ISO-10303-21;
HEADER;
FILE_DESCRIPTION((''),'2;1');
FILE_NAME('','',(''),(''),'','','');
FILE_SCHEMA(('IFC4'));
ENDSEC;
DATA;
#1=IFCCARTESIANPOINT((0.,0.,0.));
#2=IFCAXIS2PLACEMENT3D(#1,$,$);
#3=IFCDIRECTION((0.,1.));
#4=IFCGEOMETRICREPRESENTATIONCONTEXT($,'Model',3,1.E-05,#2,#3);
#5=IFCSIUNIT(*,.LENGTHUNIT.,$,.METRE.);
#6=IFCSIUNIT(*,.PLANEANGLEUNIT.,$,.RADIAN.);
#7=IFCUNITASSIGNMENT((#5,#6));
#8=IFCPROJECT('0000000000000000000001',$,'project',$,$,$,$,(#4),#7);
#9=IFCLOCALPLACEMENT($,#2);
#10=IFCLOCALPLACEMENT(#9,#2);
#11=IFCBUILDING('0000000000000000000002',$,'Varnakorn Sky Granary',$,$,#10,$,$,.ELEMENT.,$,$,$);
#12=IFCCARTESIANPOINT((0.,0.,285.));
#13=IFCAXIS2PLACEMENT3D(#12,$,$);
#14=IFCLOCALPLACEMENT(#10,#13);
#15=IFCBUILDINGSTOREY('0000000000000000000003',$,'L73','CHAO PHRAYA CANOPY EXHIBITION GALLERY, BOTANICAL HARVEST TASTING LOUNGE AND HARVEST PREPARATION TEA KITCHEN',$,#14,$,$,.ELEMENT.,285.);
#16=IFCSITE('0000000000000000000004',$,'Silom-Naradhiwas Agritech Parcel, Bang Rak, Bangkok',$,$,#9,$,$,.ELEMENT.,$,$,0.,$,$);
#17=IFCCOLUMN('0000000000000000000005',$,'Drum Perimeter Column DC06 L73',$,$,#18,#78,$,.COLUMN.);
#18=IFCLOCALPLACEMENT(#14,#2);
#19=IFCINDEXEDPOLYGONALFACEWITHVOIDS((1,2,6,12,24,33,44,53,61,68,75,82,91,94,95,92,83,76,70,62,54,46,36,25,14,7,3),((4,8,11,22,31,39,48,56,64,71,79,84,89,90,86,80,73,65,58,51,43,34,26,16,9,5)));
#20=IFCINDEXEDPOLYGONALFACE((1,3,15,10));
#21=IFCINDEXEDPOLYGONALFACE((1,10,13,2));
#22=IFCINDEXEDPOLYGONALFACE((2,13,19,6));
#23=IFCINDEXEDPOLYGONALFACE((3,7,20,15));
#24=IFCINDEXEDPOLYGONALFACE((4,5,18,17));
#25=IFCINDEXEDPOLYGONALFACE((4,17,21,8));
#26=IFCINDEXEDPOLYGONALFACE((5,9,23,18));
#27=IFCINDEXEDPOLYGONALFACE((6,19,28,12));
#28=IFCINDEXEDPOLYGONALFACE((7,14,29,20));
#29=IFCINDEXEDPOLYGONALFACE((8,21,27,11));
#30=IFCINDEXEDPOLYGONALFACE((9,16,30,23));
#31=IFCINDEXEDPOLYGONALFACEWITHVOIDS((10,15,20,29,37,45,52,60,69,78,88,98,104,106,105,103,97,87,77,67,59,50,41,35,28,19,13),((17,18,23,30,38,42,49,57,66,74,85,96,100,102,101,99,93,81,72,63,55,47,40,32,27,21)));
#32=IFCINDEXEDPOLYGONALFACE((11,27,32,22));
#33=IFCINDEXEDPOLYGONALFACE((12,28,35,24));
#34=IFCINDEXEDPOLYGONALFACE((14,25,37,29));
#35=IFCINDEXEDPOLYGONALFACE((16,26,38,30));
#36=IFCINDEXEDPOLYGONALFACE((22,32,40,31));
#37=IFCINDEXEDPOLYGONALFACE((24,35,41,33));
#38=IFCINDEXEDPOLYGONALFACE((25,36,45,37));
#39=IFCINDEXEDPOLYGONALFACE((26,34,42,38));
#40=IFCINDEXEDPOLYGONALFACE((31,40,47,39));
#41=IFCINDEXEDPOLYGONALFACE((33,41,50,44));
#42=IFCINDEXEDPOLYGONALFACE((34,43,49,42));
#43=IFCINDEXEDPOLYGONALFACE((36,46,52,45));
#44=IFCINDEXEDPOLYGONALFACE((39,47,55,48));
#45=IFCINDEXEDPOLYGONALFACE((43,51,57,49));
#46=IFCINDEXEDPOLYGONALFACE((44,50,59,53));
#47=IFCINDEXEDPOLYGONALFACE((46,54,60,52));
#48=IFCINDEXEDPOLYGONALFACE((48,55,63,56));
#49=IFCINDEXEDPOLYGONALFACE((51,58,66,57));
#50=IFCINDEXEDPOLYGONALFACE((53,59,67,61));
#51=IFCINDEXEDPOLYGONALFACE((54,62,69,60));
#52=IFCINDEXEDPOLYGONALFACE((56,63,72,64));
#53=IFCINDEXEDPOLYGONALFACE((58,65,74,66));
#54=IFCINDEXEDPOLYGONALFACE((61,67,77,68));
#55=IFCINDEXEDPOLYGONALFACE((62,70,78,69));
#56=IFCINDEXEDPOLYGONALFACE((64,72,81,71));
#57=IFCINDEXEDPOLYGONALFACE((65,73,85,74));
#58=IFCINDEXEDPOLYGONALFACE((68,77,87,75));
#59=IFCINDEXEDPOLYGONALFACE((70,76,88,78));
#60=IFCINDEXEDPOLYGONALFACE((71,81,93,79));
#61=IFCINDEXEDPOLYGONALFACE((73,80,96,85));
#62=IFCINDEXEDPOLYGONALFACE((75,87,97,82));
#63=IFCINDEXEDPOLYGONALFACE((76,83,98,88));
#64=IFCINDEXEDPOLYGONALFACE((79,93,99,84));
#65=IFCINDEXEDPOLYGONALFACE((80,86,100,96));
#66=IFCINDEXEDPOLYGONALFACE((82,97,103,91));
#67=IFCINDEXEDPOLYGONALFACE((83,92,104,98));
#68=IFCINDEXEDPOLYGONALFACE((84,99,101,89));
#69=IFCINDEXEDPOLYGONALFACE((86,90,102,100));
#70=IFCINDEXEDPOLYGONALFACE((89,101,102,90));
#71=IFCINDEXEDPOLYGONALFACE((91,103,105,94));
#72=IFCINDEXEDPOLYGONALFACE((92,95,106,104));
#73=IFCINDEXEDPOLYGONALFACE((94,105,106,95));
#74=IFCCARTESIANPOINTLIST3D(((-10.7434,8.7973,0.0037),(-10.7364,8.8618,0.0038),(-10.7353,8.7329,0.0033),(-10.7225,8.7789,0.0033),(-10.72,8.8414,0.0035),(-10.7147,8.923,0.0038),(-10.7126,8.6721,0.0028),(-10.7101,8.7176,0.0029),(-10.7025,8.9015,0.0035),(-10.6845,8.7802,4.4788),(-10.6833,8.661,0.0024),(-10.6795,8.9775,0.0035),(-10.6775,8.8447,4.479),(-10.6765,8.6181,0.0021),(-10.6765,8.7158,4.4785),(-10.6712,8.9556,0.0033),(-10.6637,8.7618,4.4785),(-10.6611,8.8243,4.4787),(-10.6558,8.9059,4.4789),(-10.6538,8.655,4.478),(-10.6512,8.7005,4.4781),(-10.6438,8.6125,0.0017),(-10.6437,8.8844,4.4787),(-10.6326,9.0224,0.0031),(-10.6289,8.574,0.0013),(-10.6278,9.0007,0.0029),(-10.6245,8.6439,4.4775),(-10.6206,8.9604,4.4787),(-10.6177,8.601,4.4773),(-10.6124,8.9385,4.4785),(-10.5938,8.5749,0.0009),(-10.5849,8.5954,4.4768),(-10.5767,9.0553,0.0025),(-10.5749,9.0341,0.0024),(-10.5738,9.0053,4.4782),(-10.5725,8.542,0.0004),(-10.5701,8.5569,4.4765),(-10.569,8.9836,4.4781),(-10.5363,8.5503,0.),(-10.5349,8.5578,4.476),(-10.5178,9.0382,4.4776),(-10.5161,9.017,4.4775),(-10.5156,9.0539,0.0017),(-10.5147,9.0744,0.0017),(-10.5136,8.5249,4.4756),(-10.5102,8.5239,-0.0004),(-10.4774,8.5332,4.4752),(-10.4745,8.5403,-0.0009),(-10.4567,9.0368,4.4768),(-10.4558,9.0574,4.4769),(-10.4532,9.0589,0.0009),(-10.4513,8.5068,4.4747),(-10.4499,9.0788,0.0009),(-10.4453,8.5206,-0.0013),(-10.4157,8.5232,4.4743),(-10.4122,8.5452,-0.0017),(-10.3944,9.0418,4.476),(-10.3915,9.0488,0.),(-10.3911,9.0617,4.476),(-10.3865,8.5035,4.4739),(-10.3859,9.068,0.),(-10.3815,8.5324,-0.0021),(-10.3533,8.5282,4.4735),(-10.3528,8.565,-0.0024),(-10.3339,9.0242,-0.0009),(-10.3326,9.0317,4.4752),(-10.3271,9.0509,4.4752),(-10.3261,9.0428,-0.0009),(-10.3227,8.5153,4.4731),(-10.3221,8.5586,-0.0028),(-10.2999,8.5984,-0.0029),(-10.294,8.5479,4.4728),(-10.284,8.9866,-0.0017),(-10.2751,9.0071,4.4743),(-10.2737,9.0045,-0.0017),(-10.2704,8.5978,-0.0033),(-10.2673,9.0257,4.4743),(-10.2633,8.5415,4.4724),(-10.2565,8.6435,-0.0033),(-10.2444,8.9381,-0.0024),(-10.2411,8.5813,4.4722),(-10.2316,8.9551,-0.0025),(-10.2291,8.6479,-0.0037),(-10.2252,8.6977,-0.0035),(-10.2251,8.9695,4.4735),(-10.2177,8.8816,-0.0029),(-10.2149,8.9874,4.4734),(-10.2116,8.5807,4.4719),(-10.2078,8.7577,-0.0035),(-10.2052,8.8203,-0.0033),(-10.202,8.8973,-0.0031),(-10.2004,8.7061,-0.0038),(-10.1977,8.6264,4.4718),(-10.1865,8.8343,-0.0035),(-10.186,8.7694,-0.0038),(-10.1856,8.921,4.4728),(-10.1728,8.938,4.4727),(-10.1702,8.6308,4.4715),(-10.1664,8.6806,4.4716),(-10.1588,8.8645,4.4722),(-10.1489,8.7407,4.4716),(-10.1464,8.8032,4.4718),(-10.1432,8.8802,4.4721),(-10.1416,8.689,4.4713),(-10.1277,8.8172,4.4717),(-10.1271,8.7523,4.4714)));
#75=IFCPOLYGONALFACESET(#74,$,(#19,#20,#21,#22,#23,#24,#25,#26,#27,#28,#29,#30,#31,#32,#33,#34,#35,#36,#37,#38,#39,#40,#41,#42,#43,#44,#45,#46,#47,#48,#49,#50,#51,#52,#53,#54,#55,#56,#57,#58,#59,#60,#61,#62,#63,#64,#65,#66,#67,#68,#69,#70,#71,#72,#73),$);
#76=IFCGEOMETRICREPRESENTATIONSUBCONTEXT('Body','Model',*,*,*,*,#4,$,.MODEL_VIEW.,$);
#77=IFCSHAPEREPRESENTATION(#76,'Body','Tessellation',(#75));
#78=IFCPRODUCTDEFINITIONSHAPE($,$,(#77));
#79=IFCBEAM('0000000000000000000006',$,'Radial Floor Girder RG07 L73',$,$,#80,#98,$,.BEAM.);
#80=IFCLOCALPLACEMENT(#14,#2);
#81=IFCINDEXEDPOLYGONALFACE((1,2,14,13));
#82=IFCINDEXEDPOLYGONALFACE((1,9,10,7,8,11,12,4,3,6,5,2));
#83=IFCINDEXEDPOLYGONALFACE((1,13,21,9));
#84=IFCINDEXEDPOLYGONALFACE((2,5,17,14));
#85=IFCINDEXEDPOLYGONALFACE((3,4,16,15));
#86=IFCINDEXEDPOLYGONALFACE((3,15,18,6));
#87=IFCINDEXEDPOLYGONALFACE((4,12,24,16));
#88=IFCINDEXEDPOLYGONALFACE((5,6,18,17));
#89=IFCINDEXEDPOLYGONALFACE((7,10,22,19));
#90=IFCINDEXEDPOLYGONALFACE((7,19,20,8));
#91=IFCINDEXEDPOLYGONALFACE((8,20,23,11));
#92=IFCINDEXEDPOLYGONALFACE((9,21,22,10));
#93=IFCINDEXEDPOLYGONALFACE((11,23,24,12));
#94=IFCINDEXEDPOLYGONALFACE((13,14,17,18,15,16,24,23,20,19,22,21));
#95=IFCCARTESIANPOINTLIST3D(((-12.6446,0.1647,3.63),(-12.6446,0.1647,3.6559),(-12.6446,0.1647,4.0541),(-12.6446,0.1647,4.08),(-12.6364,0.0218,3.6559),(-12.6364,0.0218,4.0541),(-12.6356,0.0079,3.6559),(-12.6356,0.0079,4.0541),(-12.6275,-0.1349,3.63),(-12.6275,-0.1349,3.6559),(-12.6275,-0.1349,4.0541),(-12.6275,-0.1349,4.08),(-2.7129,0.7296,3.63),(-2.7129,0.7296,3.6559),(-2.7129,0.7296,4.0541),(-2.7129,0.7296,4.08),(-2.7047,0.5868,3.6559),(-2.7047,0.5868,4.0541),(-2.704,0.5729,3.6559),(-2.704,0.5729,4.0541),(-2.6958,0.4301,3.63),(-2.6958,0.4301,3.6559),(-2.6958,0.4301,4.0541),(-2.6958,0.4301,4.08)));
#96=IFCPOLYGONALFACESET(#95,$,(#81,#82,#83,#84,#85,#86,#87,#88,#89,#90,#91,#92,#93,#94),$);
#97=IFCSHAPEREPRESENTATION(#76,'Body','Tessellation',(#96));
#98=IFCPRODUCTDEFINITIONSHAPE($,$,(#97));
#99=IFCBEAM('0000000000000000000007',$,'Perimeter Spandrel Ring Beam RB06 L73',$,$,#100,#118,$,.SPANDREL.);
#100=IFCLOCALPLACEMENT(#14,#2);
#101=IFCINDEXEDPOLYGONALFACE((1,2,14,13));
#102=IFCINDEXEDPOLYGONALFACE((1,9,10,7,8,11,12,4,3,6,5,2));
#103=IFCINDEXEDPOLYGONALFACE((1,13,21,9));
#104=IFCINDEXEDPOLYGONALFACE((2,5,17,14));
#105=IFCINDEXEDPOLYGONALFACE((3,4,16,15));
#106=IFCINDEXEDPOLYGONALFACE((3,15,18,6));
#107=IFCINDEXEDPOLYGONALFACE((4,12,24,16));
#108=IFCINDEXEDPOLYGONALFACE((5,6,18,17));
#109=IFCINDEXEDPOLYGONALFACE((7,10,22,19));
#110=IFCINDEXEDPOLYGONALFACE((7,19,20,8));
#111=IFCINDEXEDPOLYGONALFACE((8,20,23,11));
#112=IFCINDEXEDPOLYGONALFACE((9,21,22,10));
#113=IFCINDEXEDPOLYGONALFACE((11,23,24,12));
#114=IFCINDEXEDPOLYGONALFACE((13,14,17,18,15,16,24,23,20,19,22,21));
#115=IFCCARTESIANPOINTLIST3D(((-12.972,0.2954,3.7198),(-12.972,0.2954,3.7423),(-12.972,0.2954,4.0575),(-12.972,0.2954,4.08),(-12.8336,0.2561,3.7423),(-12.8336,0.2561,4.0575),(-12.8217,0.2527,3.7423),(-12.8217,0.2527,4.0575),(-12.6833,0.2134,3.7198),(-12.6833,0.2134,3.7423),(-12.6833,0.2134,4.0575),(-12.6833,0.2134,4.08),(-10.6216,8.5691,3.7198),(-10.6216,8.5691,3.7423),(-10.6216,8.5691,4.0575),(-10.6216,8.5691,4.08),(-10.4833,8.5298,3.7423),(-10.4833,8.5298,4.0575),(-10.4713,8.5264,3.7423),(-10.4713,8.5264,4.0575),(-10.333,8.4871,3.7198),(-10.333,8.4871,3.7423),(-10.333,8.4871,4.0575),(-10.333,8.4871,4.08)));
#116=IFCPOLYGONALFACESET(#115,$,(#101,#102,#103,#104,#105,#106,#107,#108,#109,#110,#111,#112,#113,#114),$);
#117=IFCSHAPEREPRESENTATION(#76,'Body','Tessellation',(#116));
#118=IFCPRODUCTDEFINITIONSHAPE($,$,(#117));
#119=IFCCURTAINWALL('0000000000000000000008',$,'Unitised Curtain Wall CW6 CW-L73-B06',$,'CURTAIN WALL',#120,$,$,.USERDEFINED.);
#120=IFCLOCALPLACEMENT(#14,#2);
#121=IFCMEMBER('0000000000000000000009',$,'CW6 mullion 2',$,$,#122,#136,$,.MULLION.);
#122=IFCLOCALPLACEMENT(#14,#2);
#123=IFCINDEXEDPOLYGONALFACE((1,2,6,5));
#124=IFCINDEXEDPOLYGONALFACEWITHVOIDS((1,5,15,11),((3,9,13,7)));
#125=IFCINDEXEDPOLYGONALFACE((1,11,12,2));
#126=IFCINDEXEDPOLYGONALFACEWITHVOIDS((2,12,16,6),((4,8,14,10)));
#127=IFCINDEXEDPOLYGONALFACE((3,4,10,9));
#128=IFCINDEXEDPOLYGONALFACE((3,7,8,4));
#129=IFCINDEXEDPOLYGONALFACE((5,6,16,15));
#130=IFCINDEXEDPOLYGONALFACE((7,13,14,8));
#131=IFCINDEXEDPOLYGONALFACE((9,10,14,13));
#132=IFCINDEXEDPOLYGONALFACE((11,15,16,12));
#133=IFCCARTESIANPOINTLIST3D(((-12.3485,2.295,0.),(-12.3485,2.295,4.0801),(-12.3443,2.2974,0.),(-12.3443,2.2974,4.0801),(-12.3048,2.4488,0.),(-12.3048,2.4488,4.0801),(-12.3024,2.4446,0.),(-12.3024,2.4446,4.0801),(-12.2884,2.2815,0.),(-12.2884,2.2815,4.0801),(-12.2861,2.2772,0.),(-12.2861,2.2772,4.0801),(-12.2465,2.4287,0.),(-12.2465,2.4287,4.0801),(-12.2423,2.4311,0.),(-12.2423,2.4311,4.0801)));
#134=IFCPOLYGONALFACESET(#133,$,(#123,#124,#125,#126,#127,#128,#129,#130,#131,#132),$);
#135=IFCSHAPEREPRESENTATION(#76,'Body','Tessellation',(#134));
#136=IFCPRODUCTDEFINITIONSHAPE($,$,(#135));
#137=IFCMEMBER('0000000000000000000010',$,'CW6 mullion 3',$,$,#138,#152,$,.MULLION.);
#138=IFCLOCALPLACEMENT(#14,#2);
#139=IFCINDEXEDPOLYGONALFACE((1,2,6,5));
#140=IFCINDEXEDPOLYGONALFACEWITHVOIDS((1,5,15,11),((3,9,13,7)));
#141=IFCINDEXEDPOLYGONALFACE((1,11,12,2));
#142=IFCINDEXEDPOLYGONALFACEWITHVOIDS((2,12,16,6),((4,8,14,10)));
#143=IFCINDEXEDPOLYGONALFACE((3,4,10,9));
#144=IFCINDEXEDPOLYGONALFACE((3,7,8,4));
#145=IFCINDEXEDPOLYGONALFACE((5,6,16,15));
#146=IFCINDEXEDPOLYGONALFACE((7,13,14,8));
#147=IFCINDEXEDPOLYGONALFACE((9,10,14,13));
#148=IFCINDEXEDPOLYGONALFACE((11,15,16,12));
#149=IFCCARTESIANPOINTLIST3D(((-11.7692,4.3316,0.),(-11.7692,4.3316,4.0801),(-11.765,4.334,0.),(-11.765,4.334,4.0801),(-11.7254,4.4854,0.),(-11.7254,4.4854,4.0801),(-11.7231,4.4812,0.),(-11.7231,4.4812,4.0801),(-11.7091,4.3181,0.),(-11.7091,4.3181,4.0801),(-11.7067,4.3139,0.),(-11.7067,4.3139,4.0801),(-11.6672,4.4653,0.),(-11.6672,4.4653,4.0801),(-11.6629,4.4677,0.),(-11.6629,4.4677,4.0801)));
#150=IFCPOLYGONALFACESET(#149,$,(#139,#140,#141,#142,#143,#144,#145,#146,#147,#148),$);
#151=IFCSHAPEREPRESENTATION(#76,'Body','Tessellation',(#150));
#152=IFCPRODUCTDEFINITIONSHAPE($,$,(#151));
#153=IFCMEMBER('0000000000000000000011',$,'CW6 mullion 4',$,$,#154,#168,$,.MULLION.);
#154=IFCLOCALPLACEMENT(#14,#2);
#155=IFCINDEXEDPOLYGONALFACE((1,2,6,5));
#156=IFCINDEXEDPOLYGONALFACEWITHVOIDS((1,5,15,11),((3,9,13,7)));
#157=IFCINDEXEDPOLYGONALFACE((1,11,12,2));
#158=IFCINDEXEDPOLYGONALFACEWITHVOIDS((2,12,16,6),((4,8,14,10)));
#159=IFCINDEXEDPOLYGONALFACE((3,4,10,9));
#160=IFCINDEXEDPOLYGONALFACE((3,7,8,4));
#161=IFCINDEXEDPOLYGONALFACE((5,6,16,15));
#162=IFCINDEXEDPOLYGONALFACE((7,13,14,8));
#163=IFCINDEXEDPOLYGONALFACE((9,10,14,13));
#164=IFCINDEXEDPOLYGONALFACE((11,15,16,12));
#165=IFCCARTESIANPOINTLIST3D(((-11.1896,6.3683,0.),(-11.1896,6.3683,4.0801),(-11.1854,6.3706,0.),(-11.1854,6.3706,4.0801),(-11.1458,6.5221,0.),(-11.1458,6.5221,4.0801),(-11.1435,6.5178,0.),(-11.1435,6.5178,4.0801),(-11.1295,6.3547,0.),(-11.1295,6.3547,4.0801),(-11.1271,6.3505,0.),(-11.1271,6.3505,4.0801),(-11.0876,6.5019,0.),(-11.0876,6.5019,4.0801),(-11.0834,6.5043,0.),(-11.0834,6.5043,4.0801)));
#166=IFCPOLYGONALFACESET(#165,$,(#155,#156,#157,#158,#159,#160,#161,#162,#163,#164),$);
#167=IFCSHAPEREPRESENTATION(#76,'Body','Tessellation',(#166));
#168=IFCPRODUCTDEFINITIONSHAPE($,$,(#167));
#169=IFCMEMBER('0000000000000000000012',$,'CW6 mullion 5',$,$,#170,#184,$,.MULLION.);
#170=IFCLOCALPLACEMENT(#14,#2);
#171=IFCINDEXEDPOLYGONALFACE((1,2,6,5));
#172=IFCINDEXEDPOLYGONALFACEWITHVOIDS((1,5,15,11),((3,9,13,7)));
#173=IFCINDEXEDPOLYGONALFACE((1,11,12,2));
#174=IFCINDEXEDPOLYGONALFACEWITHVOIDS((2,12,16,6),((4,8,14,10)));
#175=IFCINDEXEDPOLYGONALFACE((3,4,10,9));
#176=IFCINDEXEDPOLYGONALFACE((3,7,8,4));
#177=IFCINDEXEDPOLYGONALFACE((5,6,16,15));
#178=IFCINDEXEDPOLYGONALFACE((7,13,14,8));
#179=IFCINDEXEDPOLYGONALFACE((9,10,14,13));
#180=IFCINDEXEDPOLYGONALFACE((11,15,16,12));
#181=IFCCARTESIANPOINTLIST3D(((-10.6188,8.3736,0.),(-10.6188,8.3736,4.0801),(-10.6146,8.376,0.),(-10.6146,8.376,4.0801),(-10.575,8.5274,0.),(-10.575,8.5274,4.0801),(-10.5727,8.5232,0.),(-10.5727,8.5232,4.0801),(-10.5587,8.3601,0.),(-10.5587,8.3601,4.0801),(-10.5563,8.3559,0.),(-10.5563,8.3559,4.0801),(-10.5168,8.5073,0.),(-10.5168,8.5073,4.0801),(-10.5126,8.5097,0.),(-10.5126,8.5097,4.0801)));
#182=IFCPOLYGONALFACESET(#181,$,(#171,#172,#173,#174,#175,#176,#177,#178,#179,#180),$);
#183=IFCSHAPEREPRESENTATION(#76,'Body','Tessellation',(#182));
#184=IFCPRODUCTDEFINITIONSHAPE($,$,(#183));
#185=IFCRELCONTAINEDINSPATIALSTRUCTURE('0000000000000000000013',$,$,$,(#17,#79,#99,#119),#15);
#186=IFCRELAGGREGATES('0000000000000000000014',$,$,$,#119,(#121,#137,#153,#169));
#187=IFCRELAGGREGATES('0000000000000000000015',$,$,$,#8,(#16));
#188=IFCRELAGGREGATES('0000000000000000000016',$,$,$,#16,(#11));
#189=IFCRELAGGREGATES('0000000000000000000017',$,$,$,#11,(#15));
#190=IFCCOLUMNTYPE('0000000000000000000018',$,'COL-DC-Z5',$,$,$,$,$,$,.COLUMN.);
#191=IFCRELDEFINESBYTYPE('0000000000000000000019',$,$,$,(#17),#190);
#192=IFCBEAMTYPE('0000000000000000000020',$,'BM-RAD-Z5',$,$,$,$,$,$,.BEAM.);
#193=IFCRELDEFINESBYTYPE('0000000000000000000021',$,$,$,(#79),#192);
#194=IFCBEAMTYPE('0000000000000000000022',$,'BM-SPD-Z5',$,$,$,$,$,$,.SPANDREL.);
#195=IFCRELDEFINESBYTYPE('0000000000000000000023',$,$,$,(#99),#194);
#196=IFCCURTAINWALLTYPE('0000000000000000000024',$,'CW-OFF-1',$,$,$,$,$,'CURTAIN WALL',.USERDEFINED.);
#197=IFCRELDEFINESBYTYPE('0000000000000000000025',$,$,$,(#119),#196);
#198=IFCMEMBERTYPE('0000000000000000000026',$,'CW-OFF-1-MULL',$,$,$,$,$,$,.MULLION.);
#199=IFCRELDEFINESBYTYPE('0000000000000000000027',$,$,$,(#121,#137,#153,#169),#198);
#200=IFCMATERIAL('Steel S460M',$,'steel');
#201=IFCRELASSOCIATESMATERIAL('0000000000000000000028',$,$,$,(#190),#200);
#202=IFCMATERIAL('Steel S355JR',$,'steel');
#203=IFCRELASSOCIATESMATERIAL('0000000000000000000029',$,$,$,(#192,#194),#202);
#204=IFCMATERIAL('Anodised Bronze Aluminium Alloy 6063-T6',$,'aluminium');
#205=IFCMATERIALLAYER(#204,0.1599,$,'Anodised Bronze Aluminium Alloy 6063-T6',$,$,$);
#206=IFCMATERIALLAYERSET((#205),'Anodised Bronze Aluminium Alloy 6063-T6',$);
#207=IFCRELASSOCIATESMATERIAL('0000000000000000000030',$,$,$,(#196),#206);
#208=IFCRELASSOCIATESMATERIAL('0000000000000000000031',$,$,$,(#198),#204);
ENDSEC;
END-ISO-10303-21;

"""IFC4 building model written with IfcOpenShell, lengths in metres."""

from ifc_helpers import new_model, si_unit, direction, frame, origin, origin_2d, place, context, subcontext, project, spatial, hollow_rectangle, hollow_circle, i_section, extrude, material, layer, layer_set, material_profile, profile_set, type_object, element, aggregate, save


model = new_model("IFC4")

# Units and contexts
model_context = context("Model", 3, precision=1e-05, world=origin(), true_north=direction((0.0, 1.0)))
body_context = subcontext(model_context, "Body", "Model", "MODEL_VIEW")
ifc_project = project(units=[si_unit("LENGTHUNIT", "METRE"), si_unit("PLANEANGLEUNIT", "RADIAN")], contexts=[model_context])

# Site, building, storey
site_placement = place(None, origin())
site = spatial("IfcSite", under=ifc_project, at=site_placement, Name="Silom-Naradhiwas Agritech Parcel, Bang Rak, Bangkok", CompositionType="ELEMENT", RefElevation=0.0)
building_placement = place(site_placement, origin())
building = spatial("IfcBuilding", under=site, at=building_placement, Name="Varnakorn Sky Granary", CompositionType="ELEMENT")
storey_placement = place(building_placement, frame((0.0, 0.0, 285.0)))
storey = spatial("IfcBuildingStorey", under=building, at=storey_placement, Name="L73", Description="CHAO PHRAYA CANOPY EXHIBITION GALLERY, BOTANICAL HARVEST TASTING LOUNGE AND HARVEST PREPARATION TEA KITCHEN", CompositionType="ELEMENT", Elevation=285.0)

# Column
ifc_material_1 = material(Name="Steel S460M", Category="steel")
ifc_material_profile_1 = material_profile(ifc_material_1, hollow_circle(Radius=0.2795, WallThickness=0.02, at=origin_2d()), Name="CHS 559x20")
ifc_profile_set_1 = profile_set([ifc_material_profile_1], Name="Steel S460M")
column_type = type_object("IfcColumnType", Name="COL-DC-Z5", PredefinedType="COLUMN", material=ifc_profile_set_1)
column_placement = place(storey_placement, frame((-10.4639, 8.7996, 0.0), z_axis=(0.013147, -0.003819, 0.999906), x_axis=(0.278929, 0.960312, 0.0)))
element("IfcColumn", 1, at=column_placement, inside=storey, type_object=column_type, Name="Drum Perimeter Column DC06 L73", PredefinedType="COLUMN", context=body_context, shape_type="SweptSolid", body=[
    extrude(hollow_circle(Radius=0.2795, WallThickness=0.02, at=origin_2d()), origin(), (0.0, 0.0, 1.0), 4.4756),
])

# Beams
ifc_material_2 = material(Name="Steel S355JR", Category="steel")
ifc_material_profile_2 = material_profile(ifc_material_2, i_section(OverallWidth=0.3, OverallDepth=0.45, WebThickness=0.0139, FlangeThickness=0.0259, at=origin_2d()), Name="HE 450 B")
ifc_profile_set_2 = profile_set([ifc_material_profile_2], Name="Steel S355JR")
beam_type_1 = type_object("IfcBeamType", Name="BM-RAD-Z5", PredefinedType="BEAM", material=ifc_profile_set_2)
beam_1_placement = place(storey_placement, frame((-2.7043, 0.5798, 3.855), z_axis=(-0.998386, -0.056791, 0.0), x_axis=(0.056791, -0.998386, 0.0)))
element("IfcBeam", 2, at=beam_1_placement, inside=storey, type_object=beam_type_1, Name="Radial Floor Girder RG07 L73", PredefinedType="BEAM", context=body_context, shape_type="SweptSolid", body=[
    extrude(i_section(OverallWidth=0.3, OverallDepth=0.45, WebThickness=0.0139, FlangeThickness=0.0259, at=origin_2d()), origin(), (0.0, 0.0, 1.0), 9.9478),
])
ifc_material_profile_3 = material_profile(ifc_material_2, i_section(OverallWidth=0.3, OverallDepth=0.3601, WebThickness=0.0125, FlangeThickness=0.0225, at=origin_2d()), Name="HE 360 B")
ifc_profile_set_3 = profile_set([ifc_material_profile_3], Name="Steel S355JR")
beam_type_2 = type_object("IfcBeamType", Name="BM-SPD-Z5", PredefinedType="SPANDREL", material=ifc_profile_set_3)
beam_2_placement = place(storey_placement, frame((-10.4773, 8.5281, 3.8999), z_axis=(-0.273262, -0.96194, 0.0), x_axis=(0.96194, -0.273262, 0.0)))
element("IfcBeam", 3, at=beam_2_placement, inside=storey, type_object=beam_type_2, Name="Perimeter Spandrel Ring Beam RB06 L73", PredefinedType="SPANDREL", context=body_context, shape_type="SweptSolid", body=[
    extrude(i_section(OverallWidth=0.3, OverallDepth=0.3601, WebThickness=0.0125, FlangeThickness=0.0225, at=origin_2d()), origin(), (0.0, 0.0, 1.0), 8.6011),
])

# Curtain wall, members
ifc_material_3 = material(Name="Anodised Bronze Aluminium Alloy 6063-T6", Category="aluminium")
ifc_layer_1 = layer(ifc_material_3, 0.1599, Name="Anodised Bronze Aluminium Alloy 6063-T6")
ifc_layer_set_1 = layer_set([ifc_layer_1], Name="Anodised Bronze Aluminium Alloy 6063-T6")
curtain_wall_type = type_object("IfcCurtainWallType", Name="CW-OFF-1", ElementType="CURTAIN WALL", PredefinedType="USERDEFINED", material=ifc_layer_set_1)
curtain_wall_placement = place(storey_placement, origin())
curtain_wall = element("IfcCurtainWall", 4, at=curtain_wall_placement, inside=storey, type_object=curtain_wall_type, Name="Unitised Curtain Wall CW6 CW-L73-B06", ObjectType="CURTAIN WALL", PredefinedType="USERDEFINED")
ifc_material_profile_4 = material_profile(ifc_material_3, hollow_rectangle(XDim=0.0649, YDim=0.1599, WallThickness=0.0034, at=origin_2d()), Name="ALU MULL 65x160")
ifc_profile_set_4 = profile_set([ifc_material_profile_4], Name="Anodised Bronze Aluminium Alloy 6063-T6")
member_type_1 = type_object("IfcMemberType", Name="CW-OFF-1-MULL", PredefinedType="MULLION", material=ifc_profile_set_4)
member_1_placement = place(storey_placement, frame((-12.2954, 2.363, 0.0), z_axis=(0.0, 0.0, 1.0), x_axis=(-0.961813, 0.273709, 0.0)))
member_1 = element("IfcMember", 5, at=member_1_placement, type_object=member_type_1, Name="CW6 mullion 2", PredefinedType="MULLION", context=body_context, shape_type="SweptSolid", body=[
    extrude(hollow_rectangle(XDim=0.0649, YDim=0.1599, WallThickness=0.0034, at=origin_2d()), origin(), (0.0, 0.0, 1.0), 4.0801),
])
member_2_placement = place(storey_placement, frame((-11.7161, 4.3997, 0.0), z_axis=(0.0, 0.0, 1.0), x_axis=(-0.961813, 0.273709, 0.0)))
member_2 = element("IfcMember", 6, at=member_2_placement, type_object=member_type_1, Name="CW6 mullion 3", PredefinedType="MULLION", context=body_context, shape_type="SweptSolid", body=[
    extrude(hollow_rectangle(XDim=0.0649, YDim=0.1599, WallThickness=0.0034, at=origin_2d()), origin(), (0.0, 0.0, 1.0), 4.0801),
])
member_3_placement = place(storey_placement, frame((-11.1365, 6.4363, 0.0), z_axis=(0.0, 0.0, 1.0), x_axis=(-0.961813, 0.273709, 0.0)))
member_3 = element("IfcMember", 7, at=member_3_placement, type_object=member_type_1, Name="CW6 mullion 4", PredefinedType="MULLION", context=body_context, shape_type="SweptSolid", body=[
    extrude(hollow_rectangle(XDim=0.0649, YDim=0.1599, WallThickness=0.0034, at=origin_2d()), origin(), (0.0, 0.0, 1.0), 4.0801),
])
member_4_placement = place(storey_placement, frame((-10.5657, 8.4417, 0.0), z_axis=(0.0, 0.0, 1.0), x_axis=(-0.961813, 0.273709, 0.0)))
member_4 = element("IfcMember", 8, at=member_4_placement, type_object=member_type_1, Name="CW6 mullion 5", PredefinedType="MULLION", context=body_context, shape_type="SweptSolid", body=[
    extrude(hollow_rectangle(XDim=0.0649, YDim=0.1599, WallThickness=0.0034, at=origin_2d()), origin(), (0.0, 0.0, 1.0), 4.0801),
])

aggregate(curtain_wall, [member_1, member_2, member_3, member_4])

save(model, "model.ifc")
